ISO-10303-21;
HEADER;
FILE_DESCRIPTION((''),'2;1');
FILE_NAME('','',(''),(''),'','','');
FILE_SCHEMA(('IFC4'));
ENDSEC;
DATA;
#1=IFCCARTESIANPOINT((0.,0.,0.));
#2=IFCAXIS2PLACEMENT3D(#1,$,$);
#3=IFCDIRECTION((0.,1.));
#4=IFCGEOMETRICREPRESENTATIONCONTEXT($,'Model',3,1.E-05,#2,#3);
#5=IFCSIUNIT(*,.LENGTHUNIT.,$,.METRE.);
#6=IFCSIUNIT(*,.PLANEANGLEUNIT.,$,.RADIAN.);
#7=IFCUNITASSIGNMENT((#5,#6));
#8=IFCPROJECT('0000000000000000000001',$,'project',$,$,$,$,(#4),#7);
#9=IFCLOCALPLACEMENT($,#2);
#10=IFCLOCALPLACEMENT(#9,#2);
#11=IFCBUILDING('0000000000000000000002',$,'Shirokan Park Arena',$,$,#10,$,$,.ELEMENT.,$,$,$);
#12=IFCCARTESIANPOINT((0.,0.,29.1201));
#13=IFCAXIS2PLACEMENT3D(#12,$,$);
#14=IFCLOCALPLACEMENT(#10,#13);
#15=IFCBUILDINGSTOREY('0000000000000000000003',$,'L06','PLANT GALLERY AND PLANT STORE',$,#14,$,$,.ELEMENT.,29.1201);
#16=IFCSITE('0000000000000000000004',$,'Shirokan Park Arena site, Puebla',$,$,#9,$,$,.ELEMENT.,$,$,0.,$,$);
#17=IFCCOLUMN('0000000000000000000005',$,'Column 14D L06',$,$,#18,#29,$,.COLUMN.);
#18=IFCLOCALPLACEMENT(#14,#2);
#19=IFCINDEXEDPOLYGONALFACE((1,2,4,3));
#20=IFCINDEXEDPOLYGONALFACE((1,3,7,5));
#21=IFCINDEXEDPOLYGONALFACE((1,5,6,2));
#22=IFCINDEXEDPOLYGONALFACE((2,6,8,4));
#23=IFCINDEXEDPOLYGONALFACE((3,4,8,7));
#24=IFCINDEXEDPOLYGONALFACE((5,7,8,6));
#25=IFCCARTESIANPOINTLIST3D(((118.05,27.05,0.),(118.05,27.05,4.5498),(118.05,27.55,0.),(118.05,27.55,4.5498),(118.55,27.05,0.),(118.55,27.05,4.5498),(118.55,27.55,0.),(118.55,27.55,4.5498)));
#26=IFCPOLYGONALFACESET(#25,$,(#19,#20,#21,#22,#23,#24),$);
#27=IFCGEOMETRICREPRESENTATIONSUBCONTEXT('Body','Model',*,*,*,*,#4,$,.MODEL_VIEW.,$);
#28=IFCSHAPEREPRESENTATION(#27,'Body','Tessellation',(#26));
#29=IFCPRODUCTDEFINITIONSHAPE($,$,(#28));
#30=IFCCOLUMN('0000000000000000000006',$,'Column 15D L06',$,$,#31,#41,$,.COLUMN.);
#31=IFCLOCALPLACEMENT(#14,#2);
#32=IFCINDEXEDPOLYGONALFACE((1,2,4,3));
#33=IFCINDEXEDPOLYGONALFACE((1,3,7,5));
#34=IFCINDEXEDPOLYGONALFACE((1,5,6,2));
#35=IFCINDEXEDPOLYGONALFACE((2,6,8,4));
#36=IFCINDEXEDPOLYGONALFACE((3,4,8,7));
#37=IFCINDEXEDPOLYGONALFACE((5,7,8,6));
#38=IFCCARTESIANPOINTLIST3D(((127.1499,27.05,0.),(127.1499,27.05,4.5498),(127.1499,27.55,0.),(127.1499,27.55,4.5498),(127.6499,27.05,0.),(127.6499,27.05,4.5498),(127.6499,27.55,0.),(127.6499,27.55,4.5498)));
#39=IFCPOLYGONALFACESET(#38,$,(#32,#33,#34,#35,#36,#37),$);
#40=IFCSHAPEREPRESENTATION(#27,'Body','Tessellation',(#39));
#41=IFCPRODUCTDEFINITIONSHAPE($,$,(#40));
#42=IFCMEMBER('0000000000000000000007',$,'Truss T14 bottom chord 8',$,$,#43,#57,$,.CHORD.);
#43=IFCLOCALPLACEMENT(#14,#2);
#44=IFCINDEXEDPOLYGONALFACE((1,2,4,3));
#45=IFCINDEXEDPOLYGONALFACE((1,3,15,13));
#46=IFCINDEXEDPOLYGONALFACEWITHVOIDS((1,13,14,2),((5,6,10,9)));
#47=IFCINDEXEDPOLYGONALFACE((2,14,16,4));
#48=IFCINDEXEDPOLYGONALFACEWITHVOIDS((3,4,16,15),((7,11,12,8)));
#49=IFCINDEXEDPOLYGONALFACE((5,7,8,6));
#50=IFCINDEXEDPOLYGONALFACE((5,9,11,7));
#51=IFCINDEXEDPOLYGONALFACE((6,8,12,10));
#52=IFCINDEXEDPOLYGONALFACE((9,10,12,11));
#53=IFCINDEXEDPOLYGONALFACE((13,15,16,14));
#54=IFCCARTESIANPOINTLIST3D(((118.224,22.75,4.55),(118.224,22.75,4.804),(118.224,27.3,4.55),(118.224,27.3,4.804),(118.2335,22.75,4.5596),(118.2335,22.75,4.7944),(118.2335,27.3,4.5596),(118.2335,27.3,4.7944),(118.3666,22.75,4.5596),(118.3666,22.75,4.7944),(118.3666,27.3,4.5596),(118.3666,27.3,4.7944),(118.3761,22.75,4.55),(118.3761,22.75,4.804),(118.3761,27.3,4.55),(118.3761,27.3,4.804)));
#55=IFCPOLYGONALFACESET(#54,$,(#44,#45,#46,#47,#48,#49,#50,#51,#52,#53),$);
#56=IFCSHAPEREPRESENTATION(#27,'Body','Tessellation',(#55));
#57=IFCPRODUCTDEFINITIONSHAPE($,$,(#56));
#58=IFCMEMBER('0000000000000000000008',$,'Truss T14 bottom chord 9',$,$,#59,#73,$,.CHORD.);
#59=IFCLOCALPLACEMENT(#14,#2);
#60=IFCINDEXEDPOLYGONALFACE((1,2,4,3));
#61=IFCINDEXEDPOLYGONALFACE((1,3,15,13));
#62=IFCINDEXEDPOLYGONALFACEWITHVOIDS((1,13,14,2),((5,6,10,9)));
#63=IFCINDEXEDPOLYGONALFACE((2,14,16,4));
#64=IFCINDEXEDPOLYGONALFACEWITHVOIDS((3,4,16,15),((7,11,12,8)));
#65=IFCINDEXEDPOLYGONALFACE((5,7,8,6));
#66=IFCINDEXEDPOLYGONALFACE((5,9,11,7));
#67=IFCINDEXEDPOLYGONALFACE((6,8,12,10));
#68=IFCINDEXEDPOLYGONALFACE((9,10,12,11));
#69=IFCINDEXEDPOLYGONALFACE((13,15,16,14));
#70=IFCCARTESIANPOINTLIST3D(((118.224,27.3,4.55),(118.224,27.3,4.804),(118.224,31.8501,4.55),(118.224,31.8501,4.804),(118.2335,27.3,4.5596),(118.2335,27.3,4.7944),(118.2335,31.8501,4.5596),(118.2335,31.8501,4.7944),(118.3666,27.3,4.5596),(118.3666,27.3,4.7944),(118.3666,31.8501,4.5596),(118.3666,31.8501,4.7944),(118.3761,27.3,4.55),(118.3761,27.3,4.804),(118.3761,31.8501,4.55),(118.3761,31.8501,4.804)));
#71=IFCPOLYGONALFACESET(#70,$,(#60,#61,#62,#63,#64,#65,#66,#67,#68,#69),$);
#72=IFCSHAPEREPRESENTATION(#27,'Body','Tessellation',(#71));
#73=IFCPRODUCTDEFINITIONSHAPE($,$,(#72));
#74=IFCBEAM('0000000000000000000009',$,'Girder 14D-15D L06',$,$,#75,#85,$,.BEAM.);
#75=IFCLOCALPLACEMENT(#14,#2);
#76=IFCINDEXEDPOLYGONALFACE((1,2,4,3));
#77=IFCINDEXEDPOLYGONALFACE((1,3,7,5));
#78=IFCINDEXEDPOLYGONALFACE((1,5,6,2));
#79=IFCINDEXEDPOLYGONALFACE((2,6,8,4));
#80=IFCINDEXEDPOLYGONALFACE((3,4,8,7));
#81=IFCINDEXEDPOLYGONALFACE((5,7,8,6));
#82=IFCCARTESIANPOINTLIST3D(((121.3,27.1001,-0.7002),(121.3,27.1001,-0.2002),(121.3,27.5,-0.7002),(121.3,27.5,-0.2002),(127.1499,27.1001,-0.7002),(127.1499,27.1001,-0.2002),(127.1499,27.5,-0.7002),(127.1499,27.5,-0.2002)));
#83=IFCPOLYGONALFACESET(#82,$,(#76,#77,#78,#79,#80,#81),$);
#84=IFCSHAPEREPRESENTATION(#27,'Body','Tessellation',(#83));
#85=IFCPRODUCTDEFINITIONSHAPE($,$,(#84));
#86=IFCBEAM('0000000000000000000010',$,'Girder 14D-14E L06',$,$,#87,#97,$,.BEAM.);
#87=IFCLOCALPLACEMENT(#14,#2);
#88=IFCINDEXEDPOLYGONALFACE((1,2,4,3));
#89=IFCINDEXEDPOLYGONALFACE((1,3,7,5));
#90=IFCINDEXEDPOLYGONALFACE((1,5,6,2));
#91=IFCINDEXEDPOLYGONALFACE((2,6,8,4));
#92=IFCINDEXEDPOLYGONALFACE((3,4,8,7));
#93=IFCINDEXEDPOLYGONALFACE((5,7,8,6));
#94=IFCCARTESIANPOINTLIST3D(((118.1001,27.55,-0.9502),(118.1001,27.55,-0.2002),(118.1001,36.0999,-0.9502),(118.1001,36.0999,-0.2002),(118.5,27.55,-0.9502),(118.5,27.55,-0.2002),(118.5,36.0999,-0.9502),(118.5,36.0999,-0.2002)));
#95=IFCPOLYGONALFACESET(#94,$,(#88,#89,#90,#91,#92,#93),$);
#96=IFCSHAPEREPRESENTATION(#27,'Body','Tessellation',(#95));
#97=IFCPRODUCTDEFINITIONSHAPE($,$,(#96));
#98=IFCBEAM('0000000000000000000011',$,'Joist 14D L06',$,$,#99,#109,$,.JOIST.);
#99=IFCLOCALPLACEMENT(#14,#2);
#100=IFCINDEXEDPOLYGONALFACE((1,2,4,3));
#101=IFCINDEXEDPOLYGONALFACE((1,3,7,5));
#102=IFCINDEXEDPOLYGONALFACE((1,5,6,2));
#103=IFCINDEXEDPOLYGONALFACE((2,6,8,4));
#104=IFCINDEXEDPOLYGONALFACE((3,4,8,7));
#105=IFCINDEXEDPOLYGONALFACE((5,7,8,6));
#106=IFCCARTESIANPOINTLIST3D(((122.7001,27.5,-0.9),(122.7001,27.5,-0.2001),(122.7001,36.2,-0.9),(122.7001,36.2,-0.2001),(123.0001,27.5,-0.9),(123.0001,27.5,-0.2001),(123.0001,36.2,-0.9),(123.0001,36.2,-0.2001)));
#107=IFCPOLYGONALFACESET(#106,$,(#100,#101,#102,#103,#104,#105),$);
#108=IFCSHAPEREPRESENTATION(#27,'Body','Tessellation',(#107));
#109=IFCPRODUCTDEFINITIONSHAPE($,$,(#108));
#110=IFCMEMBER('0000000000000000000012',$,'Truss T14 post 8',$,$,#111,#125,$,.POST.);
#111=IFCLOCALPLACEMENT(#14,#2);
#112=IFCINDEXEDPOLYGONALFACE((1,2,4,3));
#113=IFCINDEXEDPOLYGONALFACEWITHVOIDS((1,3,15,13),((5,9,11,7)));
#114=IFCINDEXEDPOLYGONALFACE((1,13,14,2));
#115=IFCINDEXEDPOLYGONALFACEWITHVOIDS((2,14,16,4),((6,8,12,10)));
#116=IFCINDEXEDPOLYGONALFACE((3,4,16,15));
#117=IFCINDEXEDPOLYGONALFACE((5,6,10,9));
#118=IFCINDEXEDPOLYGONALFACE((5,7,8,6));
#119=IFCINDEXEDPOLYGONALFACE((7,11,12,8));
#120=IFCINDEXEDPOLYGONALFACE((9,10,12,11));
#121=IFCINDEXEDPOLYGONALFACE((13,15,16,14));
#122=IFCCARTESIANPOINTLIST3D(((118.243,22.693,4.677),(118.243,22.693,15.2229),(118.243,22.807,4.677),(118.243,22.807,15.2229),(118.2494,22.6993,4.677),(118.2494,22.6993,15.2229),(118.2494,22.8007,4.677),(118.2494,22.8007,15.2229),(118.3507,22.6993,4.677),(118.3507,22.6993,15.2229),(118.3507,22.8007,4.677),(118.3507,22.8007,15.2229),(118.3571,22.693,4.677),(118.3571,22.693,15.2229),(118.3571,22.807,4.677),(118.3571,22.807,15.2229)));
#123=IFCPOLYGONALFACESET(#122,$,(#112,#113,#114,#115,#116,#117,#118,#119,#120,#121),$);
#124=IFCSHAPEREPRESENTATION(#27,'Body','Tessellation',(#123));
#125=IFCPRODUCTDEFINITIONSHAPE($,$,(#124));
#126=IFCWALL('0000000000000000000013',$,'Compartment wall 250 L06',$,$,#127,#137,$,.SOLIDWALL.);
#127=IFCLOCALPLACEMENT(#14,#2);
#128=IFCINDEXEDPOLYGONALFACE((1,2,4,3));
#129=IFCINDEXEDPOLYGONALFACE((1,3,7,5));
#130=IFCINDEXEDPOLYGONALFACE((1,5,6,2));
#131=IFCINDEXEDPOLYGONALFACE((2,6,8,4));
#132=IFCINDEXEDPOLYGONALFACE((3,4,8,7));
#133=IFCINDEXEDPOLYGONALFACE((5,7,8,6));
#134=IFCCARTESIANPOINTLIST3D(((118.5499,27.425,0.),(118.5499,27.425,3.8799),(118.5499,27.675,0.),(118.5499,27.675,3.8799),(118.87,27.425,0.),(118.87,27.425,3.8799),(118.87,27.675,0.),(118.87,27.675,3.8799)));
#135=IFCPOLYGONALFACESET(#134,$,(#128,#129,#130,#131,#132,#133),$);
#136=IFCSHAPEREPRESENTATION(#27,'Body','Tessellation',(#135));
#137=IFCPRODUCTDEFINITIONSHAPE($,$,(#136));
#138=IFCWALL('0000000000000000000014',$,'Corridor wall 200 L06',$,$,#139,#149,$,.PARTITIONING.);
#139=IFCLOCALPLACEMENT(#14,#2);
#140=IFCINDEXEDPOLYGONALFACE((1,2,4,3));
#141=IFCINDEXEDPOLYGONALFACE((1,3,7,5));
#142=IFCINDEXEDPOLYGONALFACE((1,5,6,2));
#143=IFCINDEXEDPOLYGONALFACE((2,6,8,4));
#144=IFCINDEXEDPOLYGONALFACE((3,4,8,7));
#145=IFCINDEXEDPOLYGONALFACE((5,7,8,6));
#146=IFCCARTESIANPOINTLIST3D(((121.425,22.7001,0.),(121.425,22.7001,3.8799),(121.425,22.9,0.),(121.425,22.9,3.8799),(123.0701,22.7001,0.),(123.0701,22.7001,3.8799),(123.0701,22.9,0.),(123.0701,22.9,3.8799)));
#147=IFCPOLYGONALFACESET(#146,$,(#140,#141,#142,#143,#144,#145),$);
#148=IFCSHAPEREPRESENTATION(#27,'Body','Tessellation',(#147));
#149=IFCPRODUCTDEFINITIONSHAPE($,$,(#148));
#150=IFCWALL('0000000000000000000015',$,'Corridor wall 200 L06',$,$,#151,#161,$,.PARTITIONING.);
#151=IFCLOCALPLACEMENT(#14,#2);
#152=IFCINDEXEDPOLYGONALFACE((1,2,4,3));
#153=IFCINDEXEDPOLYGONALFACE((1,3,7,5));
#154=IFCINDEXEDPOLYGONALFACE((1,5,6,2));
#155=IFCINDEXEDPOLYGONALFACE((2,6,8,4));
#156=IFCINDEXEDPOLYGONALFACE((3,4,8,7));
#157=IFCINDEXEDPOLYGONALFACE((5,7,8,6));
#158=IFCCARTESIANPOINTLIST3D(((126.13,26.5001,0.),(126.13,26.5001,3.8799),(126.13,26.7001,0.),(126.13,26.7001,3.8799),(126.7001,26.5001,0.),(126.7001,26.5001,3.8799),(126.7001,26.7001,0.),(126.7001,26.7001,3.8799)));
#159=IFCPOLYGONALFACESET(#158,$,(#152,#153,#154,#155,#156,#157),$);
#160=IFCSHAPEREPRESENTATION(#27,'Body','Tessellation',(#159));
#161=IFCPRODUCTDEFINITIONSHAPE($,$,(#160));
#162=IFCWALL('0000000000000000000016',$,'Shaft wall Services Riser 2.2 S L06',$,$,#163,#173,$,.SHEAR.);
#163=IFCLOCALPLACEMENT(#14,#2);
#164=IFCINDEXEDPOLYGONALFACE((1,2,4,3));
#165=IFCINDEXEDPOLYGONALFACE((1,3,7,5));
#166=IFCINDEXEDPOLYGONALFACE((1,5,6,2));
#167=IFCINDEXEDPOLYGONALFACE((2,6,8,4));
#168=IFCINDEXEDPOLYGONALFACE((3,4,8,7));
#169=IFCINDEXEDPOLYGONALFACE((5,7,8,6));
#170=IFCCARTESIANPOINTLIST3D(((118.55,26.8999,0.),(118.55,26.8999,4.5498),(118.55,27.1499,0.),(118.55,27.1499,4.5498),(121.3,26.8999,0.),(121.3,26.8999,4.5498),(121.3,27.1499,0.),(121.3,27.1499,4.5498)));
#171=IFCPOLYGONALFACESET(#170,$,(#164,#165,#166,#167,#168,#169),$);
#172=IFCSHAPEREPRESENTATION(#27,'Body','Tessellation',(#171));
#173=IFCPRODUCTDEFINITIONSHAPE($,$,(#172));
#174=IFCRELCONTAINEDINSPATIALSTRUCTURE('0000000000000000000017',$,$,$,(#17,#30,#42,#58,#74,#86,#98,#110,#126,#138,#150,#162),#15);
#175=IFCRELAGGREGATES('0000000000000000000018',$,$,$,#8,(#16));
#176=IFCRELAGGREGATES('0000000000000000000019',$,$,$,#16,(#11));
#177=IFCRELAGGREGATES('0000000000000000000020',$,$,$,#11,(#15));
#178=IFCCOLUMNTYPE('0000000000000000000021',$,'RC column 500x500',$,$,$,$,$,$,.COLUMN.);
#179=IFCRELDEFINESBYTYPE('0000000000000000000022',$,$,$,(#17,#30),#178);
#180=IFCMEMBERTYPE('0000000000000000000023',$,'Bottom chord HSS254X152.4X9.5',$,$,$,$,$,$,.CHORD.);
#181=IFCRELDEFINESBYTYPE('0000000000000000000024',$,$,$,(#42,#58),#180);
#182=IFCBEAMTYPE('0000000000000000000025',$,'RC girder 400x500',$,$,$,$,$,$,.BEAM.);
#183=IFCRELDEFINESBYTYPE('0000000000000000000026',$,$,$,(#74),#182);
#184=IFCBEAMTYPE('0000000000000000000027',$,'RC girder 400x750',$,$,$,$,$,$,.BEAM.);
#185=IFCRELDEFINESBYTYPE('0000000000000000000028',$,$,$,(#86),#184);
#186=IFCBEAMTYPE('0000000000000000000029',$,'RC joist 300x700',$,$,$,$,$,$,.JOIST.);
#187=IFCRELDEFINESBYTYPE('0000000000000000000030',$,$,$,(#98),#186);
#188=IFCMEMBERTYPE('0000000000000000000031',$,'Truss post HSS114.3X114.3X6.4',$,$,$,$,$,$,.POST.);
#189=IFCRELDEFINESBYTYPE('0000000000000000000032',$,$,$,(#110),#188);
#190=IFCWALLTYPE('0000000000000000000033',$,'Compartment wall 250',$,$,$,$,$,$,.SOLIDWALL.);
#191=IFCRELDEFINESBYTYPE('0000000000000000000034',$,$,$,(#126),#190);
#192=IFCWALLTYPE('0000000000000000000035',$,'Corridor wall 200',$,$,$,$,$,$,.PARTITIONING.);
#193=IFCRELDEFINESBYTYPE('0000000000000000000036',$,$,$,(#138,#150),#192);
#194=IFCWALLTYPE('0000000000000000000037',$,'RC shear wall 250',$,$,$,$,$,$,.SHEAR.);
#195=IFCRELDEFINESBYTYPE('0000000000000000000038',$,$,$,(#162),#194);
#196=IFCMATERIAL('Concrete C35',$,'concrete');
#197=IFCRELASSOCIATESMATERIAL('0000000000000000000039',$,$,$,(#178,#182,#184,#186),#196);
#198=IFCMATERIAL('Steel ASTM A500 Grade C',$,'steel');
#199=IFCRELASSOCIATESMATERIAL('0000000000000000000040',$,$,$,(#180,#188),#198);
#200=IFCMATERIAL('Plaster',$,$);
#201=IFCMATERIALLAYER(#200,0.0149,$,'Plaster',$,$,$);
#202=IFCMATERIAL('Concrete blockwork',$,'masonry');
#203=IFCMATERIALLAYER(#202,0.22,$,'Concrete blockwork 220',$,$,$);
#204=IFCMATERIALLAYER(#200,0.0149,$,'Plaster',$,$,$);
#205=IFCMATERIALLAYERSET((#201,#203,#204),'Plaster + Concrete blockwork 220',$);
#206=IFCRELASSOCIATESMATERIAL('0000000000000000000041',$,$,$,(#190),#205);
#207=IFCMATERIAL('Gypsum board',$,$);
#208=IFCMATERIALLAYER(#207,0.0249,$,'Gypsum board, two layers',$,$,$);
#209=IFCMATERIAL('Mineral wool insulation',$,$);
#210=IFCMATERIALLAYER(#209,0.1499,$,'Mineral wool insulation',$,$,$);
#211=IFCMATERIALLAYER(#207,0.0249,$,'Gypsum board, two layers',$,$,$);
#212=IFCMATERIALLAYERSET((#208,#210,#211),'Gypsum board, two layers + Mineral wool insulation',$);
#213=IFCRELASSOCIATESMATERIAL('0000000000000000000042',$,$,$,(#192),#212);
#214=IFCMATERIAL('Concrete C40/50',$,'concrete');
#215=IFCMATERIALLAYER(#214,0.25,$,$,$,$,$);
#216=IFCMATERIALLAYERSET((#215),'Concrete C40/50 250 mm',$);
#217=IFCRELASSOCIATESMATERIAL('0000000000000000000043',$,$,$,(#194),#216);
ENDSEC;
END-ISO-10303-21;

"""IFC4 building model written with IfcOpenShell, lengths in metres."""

from ifc_helpers import new_model, si_unit, direction, frame, frame_2d, origin, origin_2d, place, context, subcontext, project, spatial, rectangle, hollow_rectangle, extrude, material, layer, layer_set, material_profile, profile_set, type_object, element, save


model = new_model("IFC4")

# Units and contexts
model_context = context("Model", 3, precision=1e-05, world=origin(), true_north=direction((0.0, 1.0)))
body_context = subcontext(model_context, "Body", "Model", "MODEL_VIEW")
ifc_project = project(units=[si_unit("LENGTHUNIT", "METRE"), si_unit("PLANEANGLEUNIT", "RADIAN")], contexts=[model_context])

# Site, building, storey
site_placement = place(None, origin())
site = spatial("IfcSite", under=ifc_project, at=site_placement, Name="Shirokan Park Arena site, Puebla", CompositionType="ELEMENT", RefElevation=0.0)
building_placement = place(site_placement, origin())
building = spatial("IfcBuilding", under=site, at=building_placement, Name="Shirokan Park Arena", CompositionType="ELEMENT")
storey_placement = place(building_placement, frame((0.0, 0.0, 29.1201)))
storey = spatial("IfcBuildingStorey", under=building, at=storey_placement, Name="L06", Description="PLANT GALLERY AND PLANT STORE", CompositionType="ELEMENT", Elevation=29.1201)

# Columns
ifc_material_1 = material(Name="Concrete C35", Category="concrete")
ifc_material_profile_1 = material_profile(ifc_material_1, rectangle(XDim=0.5, YDim=0.5, at=origin_2d()), Name="500x500")
ifc_profile_set_1 = profile_set([ifc_material_profile_1], Name="Concrete C35")
column_type = type_object("IfcColumnType", Name="RC column 500x500", PredefinedType="COLUMN", material=ifc_profile_set_1)
for number, where, z_axis, x_axis, name in (
    (1, (118.3, 27.3, 0.0), (0.0, 0.0, 1.0), (1.0, 0.0, 0.0), "Column 14D L06"),
    (2, (127.3999, 27.3, 0.0), (0.0, 0.0, 1.0), (1.0, 0.0, 0.0), "Column 15D L06"),
):
    element("IfcColumn", number, at=place(storey_placement, frame(where, z_axis=z_axis, x_axis=x_axis)), inside=storey, type_object=column_type, Name=name, PredefinedType="COLUMN", context=body_context, shape_type="SweptSolid", body=[
        extrude(rectangle(XDim=0.5, YDim=0.5, at=origin_2d()), origin(), (0.0, 0.0, 1.0), 4.5498),
    ])

# Members
ifc_material_2 = material(Name="Steel ASTM A500 Grade C", Category="steel")
ifc_material_profile_2 = material_profile(ifc_material_2, hollow_rectangle(XDim=0.1521, YDim=0.2539, WallThickness=0.0095, at=origin_2d()), Name="HSS254X152.4X9.5")
ifc_profile_set_2 = profile_set([ifc_material_profile_2], Name="Steel ASTM A500 Grade C")
member_type_1 = type_object("IfcMemberType", Name="Bottom chord HSS254X152.4X9.5", PredefinedType="CHORD", material=ifc_profile_set_2)
for number, where, z_axis, x_axis, name in (
    (3, (118.3, 22.75, 4.677), (0.0, 1.0, 0.0), (-1.0, 0.0, 0.0), "Truss T14 bottom chord 8"),
    (4, (118.3, 27.3, 4.677), (0.0, 1.0, 0.0), (-1.0, 0.0, 0.0), "Truss T14 bottom chord 9"),
):
    element("IfcMember", number, at=place(storey_placement, frame(where, z_axis=z_axis, x_axis=x_axis)), inside=storey, type_object=member_type_1, Name=name, PredefinedType="CHORD", context=body_context, shape_type="SweptSolid", body=[
        extrude(hollow_rectangle(XDim=0.1521, YDim=0.2539, WallThickness=0.0095, at=origin_2d()), origin(), (0.0, 0.0, 1.0), 4.55),
    ])

# Beams
ifc_material_profile_3 = material_profile(ifc_material_1, rectangle(XDim=0.3999, YDim=0.5, at=origin_2d()), Name="400x500")
ifc_profile_set_3 = profile_set([ifc_material_profile_3], Name="Concrete C35")
beam_type_1 = type_object("IfcBeamType", Name="RC girder 400x500", PredefinedType="BEAM", material=ifc_profile_set_3)
beam_1_placement = place(storey_placement, frame((121.3, 27.3, -0.4502), z_axis=(1.0, 0.0, 0.0), x_axis=(0.0, 1.0, 0.0)))
element("IfcBeam", 5, at=beam_1_placement, inside=storey, type_object=beam_type_1, Name="Girder 14D-15D L06", PredefinedType="BEAM", context=body_context, shape_type="SweptSolid", body=[
    extrude(rectangle(XDim=0.3999, YDim=0.5, at=origin_2d()), origin(), (0.0, 0.0, 1.0), 5.8499),
])
ifc_material_profile_4 = material_profile(ifc_material_1, rectangle(XDim=0.3999, YDim=0.75, at=origin_2d()), Name="400x750")
ifc_profile_set_4 = profile_set([ifc_material_profile_4], Name="Concrete C35")
beam_type_2 = type_object("IfcBeamType", Name="RC girder 400x750", PredefinedType="BEAM", material=ifc_profile_set_4)
beam_2_placement = place(storey_placement, frame((118.3, 27.55, -0.5752), z_axis=(0.0, 1.0, 0.0), x_axis=(-1.0, 0.0, 0.0)))
element("IfcBeam", 6, at=beam_2_placement, inside=storey, type_object=beam_type_2, Name="Girder 14D-14E L06", PredefinedType="BEAM", context=body_context, shape_type="SweptSolid", body=[
    extrude(rectangle(XDim=0.3999, YDim=0.75, at=origin_2d()), origin(), (0.0, 0.0, 1.0), 8.5498),
])
ifc_material_profile_5 = material_profile(ifc_material_1, rectangle(XDim=0.3, YDim=0.7, at=origin_2d()), Name="300x700")
ifc_profile_set_5 = profile_set([ifc_material_profile_5], Name="Concrete C35")
beam_type_3 = type_object("IfcBeamType", Name="RC joist 300x700", PredefinedType="JOIST", material=ifc_profile_set_5)
beam_3_placement = place(storey_placement, frame((122.8501, 27.5, -0.55), z_axis=(0.0, 1.0, 0.0), x_axis=(-1.0, 0.0, 0.0)))
element("IfcBeam", 7, at=beam_3_placement, inside=storey, type_object=beam_type_3, Name="Joist 14D L06", PredefinedType="JOIST", context=body_context, shape_type="SweptSolid", body=[
    extrude(rectangle(XDim=0.3, YDim=0.7, at=origin_2d()), origin(), (0.0, 0.0, 1.0), 8.7),
])

# Member
ifc_material_profile_6 = material_profile(ifc_material_2, hollow_rectangle(XDim=0.114, YDim=0.114, WallThickness=0.0063, at=origin_2d()), Name="HSS114.3X114.3X6.4")
ifc_profile_set_6 = profile_set([ifc_material_profile_6], Name="Steel ASTM A500 Grade C")
member_type_2 = type_object("IfcMemberType", Name="Truss post HSS114.3X114.3X6.4", PredefinedType="POST", material=ifc_profile_set_6)
member_placement = place(storey_placement, frame((118.3, 22.75, 4.677), z_axis=(0.0, 0.0, 1.0), x_axis=(1.0, 0.0, 0.0)))
element("IfcMember", 8, at=member_placement, inside=storey, type_object=member_type_2, Name="Truss T14 post 8", PredefinedType="POST", context=body_context, shape_type="SweptSolid", body=[
    extrude(hollow_rectangle(XDim=0.114, YDim=0.114, WallThickness=0.0063, at=origin_2d()), origin(), (0.0, 0.0, 1.0), 10.5459),
])

# Walls
ifc_material_3 = material(Name="Plaster")
ifc_layer_1 = layer(ifc_material_3, 0.0149, Name="Plaster")
ifc_material_4 = material(Name="Concrete blockwork", Category="masonry")
ifc_layer_2 = layer(ifc_material_4, 0.22, Name="Concrete blockwork 220")
ifc_layer_3 = layer(ifc_material_3, 0.0149, Name="Plaster")
ifc_layer_set_1 = layer_set([ifc_layer_1, ifc_layer_2, ifc_layer_3], Name="Plaster + Concrete blockwork 220")
wall_type_1 = type_object("IfcWallType", Name="Compartment wall 250", PredefinedType="SOLIDWALL", material=ifc_layer_set_1)
wall_1_placement = place(storey_placement, frame((118.8701, 27.55, 0.0), z_axis=(0.0, 0.0, 1.0), x_axis=(-1.0, 0.0, 0.0)))
element("IfcWall", 9, at=wall_1_placement, inside=storey, type_object=wall_type_1, Name="Compartment wall 250 L06", PredefinedType="SOLIDWALL", context=body_context, shape_type="SweptSolid", body=[
    extrude(rectangle(XDim=0.3201, YDim=0.25, at=frame_2d((0.1602, 0.0))), origin(), (0.0, 0.0, 1.0), 3.8799),
])
ifc_material_5 = material(Name="Gypsum board")
ifc_layer_4 = layer(ifc_material_5, 0.0249, Name="Gypsum board, two layers")
ifc_material_6 = material(Name="Mineral wool insulation")
ifc_layer_5 = layer(ifc_material_6, 0.1499, Name="Mineral wool insulation")
ifc_layer_6 = layer(ifc_material_5, 0.0249, Name="Gypsum board, two layers")
ifc_layer_set_2 = layer_set([ifc_layer_4, ifc_layer_5, ifc_layer_6], Name="Gypsum board, two layers + Mineral wool insulation")
wall_type_2 = type_object("IfcWallType", Name="Corridor wall 200", PredefinedType="PARTITIONING", material=ifc_layer_set_2)
wall_2_placement = place(storey_placement, frame((121.425, 22.8, 0.0), z_axis=(0.0, 0.0, 1.0), x_axis=(1.0, 0.0, 0.0)))
element("IfcWall", 10, at=wall_2_placement, inside=storey, type_object=wall_type_2, Name="Corridor wall 200 L06", PredefinedType="PARTITIONING", context=body_context, shape_type="SweptSolid", body=[
    extrude(rectangle(XDim=1.645, YDim=0.2, at=frame_2d((0.8225, 0.0))), origin(), (0.0, 0.0, 1.0), 3.8799),
])
wall_3_placement = place(storey_placement, frame((126.1299, 26.6001, 0.0), z_axis=(0.0, 0.0, 1.0), x_axis=(1.0, 0.0, 0.0)))
element("IfcWall", 11, at=wall_3_placement, inside=storey, type_object=wall_type_2, Name="Corridor wall 200 L06", PredefinedType="PARTITIONING", context=body_context, shape_type="SweptSolid", body=[
    extrude(rectangle(XDim=0.5701, YDim=0.2, at=frame_2d((0.2852, 0.0))), origin(), (0.0, 0.0, 1.0), 3.8799),
])
ifc_material_7 = material(Name="Concrete C40/50", Category="concrete")
ifc_layer_7 = layer(ifc_material_7, 0.25)
ifc_layer_set_3 = layer_set([ifc_layer_7], Name="Concrete C40/50 250 mm")
wall_type_3 = type_object("IfcWallType", Name="RC shear wall 250", PredefinedType="SHEAR", material=ifc_layer_set_3)
wall_4_placement = place(storey_placement, frame((121.3, 27.0249, 0.0), z_axis=(0.0, 0.0, 1.0), x_axis=(-1.0, 0.0, 0.0)))
element("IfcWall", 12, at=wall_4_placement, inside=storey, type_object=wall_type_3, Name="Shaft wall Services Riser 2.2 S L06", PredefinedType="SHEAR", context=body_context, shape_type="SweptSolid", body=[
    extrude(rectangle(XDim=2.75, YDim=0.25, at=frame_2d((1.375, 0.0))), origin(), (0.0, 0.0, 1.0), 4.5498),
])

save(model, "model.ifc")
